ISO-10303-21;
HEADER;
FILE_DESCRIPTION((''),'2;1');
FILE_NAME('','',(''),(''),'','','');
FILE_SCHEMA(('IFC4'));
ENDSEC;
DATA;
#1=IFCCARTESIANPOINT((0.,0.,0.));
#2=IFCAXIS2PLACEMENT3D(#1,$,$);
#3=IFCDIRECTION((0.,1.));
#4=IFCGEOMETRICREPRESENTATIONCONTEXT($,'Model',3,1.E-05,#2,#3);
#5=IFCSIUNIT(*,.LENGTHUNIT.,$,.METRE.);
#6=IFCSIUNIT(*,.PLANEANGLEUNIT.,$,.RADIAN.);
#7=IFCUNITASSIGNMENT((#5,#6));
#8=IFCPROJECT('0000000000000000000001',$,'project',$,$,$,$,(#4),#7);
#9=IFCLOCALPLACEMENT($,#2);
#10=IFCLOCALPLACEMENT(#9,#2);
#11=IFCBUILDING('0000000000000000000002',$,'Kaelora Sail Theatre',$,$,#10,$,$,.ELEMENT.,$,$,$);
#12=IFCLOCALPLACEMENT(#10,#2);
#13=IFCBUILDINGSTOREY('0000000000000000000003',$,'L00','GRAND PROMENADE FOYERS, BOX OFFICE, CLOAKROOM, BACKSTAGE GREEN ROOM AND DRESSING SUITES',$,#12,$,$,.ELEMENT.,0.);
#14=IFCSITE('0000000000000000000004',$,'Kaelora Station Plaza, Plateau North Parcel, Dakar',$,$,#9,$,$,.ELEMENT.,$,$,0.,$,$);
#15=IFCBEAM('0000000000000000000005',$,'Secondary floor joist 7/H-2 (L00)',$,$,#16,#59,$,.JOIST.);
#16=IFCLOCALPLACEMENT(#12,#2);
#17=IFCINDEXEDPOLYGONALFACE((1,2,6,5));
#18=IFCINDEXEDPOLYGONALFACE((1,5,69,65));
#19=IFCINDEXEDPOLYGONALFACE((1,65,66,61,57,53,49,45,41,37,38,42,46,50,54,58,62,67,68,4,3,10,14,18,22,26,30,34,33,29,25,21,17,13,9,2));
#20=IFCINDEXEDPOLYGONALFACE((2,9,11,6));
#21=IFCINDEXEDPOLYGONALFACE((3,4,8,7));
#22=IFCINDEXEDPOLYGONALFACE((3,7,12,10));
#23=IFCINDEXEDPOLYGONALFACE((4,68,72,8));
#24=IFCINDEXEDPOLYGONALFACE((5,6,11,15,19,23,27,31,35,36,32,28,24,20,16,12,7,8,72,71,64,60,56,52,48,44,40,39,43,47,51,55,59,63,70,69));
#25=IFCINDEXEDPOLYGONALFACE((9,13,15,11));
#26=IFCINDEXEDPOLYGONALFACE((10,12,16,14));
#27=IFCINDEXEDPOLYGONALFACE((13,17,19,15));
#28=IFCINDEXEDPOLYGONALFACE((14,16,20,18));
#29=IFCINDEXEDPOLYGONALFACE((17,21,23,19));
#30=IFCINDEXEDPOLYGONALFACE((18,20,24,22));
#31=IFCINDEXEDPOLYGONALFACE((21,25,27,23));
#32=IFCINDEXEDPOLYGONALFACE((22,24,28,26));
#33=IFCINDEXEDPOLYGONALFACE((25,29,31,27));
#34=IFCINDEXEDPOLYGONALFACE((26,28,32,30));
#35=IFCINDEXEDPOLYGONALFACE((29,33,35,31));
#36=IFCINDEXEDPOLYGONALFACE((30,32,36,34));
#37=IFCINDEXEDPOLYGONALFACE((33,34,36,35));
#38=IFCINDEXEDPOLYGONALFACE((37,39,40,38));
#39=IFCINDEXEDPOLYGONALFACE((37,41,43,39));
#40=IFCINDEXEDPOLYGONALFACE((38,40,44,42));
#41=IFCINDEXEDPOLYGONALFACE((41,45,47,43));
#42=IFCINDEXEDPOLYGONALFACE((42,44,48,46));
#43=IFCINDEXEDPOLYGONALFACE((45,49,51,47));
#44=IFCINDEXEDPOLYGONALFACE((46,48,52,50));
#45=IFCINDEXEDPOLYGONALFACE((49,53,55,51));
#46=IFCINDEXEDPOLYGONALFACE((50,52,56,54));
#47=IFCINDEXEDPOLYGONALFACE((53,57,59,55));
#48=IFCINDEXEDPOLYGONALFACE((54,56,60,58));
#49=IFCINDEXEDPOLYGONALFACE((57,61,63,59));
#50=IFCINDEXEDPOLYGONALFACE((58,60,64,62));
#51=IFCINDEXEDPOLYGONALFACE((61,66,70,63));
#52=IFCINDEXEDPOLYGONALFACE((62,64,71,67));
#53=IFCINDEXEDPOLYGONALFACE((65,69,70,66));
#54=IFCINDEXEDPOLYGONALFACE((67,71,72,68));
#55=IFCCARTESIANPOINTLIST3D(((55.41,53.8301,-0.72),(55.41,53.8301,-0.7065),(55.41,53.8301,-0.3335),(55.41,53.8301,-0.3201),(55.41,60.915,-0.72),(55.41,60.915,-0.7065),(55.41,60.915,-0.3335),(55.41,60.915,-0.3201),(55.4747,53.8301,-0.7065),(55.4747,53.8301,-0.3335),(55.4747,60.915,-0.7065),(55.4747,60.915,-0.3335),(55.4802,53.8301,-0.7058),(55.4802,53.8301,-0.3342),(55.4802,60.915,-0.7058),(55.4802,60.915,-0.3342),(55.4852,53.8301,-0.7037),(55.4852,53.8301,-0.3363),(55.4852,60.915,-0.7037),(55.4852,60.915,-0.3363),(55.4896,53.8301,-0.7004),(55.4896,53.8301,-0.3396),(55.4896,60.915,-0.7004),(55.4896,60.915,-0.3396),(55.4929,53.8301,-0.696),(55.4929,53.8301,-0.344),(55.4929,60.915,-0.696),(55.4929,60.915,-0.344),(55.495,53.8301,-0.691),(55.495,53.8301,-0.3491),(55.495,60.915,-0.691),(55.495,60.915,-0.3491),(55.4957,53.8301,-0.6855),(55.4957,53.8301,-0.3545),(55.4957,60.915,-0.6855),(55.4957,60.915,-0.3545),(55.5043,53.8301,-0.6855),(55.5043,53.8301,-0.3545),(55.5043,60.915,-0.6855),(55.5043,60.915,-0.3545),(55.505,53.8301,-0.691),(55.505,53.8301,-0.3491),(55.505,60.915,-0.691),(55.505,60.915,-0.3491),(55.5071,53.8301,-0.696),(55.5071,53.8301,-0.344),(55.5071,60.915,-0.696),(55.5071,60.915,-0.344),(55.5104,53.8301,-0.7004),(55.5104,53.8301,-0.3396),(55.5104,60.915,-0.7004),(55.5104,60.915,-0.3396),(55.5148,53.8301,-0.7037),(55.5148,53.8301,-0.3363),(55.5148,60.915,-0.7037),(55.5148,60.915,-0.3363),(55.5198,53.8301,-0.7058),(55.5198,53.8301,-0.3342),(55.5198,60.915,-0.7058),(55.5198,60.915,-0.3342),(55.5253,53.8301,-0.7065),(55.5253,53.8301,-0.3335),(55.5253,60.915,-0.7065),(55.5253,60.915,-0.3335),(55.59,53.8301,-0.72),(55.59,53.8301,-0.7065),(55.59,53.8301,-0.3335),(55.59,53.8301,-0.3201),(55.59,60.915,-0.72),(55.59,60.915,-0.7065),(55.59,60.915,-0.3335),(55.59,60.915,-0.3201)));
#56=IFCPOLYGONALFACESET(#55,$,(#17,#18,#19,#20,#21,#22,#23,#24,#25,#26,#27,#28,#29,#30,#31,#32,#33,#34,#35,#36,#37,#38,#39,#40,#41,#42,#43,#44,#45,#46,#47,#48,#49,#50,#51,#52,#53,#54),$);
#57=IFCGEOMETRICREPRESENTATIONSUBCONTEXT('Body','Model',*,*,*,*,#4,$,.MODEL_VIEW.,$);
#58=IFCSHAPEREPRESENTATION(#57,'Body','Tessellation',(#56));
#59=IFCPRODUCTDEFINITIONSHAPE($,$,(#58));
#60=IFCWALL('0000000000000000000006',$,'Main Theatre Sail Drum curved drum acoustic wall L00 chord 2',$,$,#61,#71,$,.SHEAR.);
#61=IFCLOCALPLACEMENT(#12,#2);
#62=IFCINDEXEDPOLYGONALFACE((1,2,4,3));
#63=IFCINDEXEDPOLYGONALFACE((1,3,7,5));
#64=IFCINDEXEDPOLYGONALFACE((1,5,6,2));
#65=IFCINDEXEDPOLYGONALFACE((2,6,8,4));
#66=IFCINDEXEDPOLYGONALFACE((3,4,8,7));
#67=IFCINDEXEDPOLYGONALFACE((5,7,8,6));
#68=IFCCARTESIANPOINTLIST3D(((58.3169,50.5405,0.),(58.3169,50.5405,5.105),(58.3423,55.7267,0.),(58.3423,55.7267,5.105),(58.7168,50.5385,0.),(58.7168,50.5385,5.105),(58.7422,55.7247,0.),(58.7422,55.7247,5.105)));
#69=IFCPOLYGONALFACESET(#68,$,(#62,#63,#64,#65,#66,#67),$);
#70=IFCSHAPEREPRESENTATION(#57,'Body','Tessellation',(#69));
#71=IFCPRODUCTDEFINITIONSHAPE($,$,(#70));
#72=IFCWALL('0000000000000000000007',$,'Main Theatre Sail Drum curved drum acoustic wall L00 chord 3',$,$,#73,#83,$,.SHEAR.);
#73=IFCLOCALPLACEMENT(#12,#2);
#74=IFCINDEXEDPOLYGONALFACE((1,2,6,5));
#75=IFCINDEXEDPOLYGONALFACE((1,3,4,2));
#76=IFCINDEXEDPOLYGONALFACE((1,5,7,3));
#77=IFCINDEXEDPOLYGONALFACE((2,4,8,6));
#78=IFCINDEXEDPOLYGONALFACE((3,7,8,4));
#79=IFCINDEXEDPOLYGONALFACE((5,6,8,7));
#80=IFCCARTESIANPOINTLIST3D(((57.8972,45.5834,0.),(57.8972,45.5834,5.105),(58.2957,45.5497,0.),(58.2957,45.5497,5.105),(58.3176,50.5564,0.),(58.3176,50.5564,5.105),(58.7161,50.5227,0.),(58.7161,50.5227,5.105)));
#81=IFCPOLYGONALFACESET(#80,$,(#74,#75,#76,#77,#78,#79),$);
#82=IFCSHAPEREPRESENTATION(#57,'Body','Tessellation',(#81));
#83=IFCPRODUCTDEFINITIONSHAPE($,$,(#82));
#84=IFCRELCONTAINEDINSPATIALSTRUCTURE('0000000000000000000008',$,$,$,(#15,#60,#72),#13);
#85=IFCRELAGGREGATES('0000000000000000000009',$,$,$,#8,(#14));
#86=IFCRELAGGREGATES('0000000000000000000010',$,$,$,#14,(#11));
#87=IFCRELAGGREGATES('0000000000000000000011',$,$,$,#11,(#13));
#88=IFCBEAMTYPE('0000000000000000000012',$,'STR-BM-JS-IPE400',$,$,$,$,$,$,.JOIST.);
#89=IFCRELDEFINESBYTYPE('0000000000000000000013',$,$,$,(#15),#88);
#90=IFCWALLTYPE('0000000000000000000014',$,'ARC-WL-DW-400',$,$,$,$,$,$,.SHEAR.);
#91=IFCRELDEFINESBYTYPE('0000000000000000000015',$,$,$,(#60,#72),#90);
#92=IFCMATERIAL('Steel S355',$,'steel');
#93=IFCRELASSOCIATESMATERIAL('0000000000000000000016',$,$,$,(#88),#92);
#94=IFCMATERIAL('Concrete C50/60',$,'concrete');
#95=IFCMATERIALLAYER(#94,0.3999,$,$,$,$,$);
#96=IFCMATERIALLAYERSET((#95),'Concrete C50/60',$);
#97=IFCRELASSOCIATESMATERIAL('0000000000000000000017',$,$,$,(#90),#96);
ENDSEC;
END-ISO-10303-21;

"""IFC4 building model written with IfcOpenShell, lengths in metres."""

from ifc_helpers import new_model, si_unit, direction, frame, frame_2d, origin, origin_2d, place, context, subcontext, project, spatial, rectangle, i_section, extrude, material, layer, layer_set, material_profile, profile_set, type_object, element, save


model = new_model("IFC4")

# Units and contexts
model_context = context("Model", 3, precision=1e-05, world=origin(), true_north=direction((0.0, 1.0)))
body_context = subcontext(model_context, "Body", "Model", "MODEL_VIEW")
ifc_project = project(units=[si_unit("LENGTHUNIT", "METRE"), si_unit("PLANEANGLEUNIT", "RADIAN")], contexts=[model_context])

# Site, building, storey
site_placement = place(None, origin())
site = spatial("IfcSite", under=ifc_project, at=site_placement, Name="Kaelora Station Plaza, Plateau North Parcel, Dakar", CompositionType="ELEMENT", RefElevation=0.0)
building_placement = place(site_placement, origin())
building = spatial("IfcBuilding", under=site, at=building_placement, Name="Kaelora Sail Theatre", CompositionType="ELEMENT")
storey_placement = place(building_placement, origin())
storey = spatial("IfcBuildingStorey", under=building, at=storey_placement, Name="L00", Description="GRAND PROMENADE FOYERS, BOX OFFICE, CLOAKROOM, BACKSTAGE GREEN ROOM AND DRESSING SUITES", CompositionType="ELEMENT", Elevation=0.0)

# Beam
ifc_material_1 = material(Name="Steel S355", Category="steel")
ifc_material_profile_1 = material_profile(ifc_material_1, i_section(OverallWidth=0.1799, OverallDepth=0.3999, WebThickness=0.0085, FlangeThickness=0.0134, FilletRadius=0.021, at=origin_2d()), Name="IPE 400")
ifc_profile_set_1 = profile_set([ifc_material_profile_1], Name="Steel S355")
beam_type_1 = type_object("IfcBeamType", Name="STR-BM-JS-IPE400", PredefinedType="JOIST", material=ifc_profile_set_1)
beam_1_placement = place(storey_placement, frame((55.5, 53.8301, -0.52), z_axis=(0.0, 1.0, 0.0), x_axis=(-1.0, 0.0, 0.0)))
element("IfcBeam", 1, at=beam_1_placement, inside=storey, type_object=beam_type_1, Name="Secondary floor joist 7/H-2 (L00)", PredefinedType="JOIST", context=body_context, shape_type="SweptSolid", body=[
    extrude(i_section(OverallWidth=0.1799, OverallDepth=0.3999, WebThickness=0.0085, FlangeThickness=0.0134, FilletRadius=0.021, at=origin_2d()), origin(), (0.0, 0.0, 1.0), 7.085),
])

# Walls
ifc_material_2 = material(Name="Concrete C50/60", Category="concrete")
ifc_layer = layer(ifc_material_2, 0.3999)
ifc_layer_set = layer_set([ifc_layer], Name="Concrete C50/60")
wall_type = type_object("IfcWallType", Name="ARC-WL-DW-400", PredefinedType="SHEAR", material=ifc_layer_set)
wall_1_placement = place(storey_placement, frame((58.5422, 55.7258, 0.0), z_axis=(0.0, 0.0, 1.0), x_axis=(-0.004896, -0.999988, 0.0)))
element("IfcWall", 2, at=wall_1_placement, inside=storey, type_object=wall_type, Name="Main Theatre Sail Drum curved drum acoustic wall L00 chord 2", PredefinedType="SHEAR", context=body_context, shape_type="SweptSolid", body=[
    extrude(rectangle(XDim=5.1863, YDim=0.3999, at=frame_2d((2.5933, 0.0))), origin(), (0.0, 0.0, 1.0), 5.105),
])
wall_2_placement = place(storey_placement, frame((58.5168, 50.5396, 0.0), z_axis=(0.0, 0.0, 1.0), x_axis=(-0.08424, -0.996446, 0.0)))
element("IfcWall", 3, at=wall_2_placement, inside=storey, type_object=wall_type, Name="Main Theatre Sail Drum curved drum acoustic wall L00 chord 3", PredefinedType="SHEAR", context=body_context, shape_type="SweptSolid", body=[
    extrude(rectangle(XDim=4.9907, YDim=0.3999, at=frame_2d((2.4954, 0.0))), origin(), (0.0, 0.0, 1.0), 5.105),
])

save(model, "model.ifc")
